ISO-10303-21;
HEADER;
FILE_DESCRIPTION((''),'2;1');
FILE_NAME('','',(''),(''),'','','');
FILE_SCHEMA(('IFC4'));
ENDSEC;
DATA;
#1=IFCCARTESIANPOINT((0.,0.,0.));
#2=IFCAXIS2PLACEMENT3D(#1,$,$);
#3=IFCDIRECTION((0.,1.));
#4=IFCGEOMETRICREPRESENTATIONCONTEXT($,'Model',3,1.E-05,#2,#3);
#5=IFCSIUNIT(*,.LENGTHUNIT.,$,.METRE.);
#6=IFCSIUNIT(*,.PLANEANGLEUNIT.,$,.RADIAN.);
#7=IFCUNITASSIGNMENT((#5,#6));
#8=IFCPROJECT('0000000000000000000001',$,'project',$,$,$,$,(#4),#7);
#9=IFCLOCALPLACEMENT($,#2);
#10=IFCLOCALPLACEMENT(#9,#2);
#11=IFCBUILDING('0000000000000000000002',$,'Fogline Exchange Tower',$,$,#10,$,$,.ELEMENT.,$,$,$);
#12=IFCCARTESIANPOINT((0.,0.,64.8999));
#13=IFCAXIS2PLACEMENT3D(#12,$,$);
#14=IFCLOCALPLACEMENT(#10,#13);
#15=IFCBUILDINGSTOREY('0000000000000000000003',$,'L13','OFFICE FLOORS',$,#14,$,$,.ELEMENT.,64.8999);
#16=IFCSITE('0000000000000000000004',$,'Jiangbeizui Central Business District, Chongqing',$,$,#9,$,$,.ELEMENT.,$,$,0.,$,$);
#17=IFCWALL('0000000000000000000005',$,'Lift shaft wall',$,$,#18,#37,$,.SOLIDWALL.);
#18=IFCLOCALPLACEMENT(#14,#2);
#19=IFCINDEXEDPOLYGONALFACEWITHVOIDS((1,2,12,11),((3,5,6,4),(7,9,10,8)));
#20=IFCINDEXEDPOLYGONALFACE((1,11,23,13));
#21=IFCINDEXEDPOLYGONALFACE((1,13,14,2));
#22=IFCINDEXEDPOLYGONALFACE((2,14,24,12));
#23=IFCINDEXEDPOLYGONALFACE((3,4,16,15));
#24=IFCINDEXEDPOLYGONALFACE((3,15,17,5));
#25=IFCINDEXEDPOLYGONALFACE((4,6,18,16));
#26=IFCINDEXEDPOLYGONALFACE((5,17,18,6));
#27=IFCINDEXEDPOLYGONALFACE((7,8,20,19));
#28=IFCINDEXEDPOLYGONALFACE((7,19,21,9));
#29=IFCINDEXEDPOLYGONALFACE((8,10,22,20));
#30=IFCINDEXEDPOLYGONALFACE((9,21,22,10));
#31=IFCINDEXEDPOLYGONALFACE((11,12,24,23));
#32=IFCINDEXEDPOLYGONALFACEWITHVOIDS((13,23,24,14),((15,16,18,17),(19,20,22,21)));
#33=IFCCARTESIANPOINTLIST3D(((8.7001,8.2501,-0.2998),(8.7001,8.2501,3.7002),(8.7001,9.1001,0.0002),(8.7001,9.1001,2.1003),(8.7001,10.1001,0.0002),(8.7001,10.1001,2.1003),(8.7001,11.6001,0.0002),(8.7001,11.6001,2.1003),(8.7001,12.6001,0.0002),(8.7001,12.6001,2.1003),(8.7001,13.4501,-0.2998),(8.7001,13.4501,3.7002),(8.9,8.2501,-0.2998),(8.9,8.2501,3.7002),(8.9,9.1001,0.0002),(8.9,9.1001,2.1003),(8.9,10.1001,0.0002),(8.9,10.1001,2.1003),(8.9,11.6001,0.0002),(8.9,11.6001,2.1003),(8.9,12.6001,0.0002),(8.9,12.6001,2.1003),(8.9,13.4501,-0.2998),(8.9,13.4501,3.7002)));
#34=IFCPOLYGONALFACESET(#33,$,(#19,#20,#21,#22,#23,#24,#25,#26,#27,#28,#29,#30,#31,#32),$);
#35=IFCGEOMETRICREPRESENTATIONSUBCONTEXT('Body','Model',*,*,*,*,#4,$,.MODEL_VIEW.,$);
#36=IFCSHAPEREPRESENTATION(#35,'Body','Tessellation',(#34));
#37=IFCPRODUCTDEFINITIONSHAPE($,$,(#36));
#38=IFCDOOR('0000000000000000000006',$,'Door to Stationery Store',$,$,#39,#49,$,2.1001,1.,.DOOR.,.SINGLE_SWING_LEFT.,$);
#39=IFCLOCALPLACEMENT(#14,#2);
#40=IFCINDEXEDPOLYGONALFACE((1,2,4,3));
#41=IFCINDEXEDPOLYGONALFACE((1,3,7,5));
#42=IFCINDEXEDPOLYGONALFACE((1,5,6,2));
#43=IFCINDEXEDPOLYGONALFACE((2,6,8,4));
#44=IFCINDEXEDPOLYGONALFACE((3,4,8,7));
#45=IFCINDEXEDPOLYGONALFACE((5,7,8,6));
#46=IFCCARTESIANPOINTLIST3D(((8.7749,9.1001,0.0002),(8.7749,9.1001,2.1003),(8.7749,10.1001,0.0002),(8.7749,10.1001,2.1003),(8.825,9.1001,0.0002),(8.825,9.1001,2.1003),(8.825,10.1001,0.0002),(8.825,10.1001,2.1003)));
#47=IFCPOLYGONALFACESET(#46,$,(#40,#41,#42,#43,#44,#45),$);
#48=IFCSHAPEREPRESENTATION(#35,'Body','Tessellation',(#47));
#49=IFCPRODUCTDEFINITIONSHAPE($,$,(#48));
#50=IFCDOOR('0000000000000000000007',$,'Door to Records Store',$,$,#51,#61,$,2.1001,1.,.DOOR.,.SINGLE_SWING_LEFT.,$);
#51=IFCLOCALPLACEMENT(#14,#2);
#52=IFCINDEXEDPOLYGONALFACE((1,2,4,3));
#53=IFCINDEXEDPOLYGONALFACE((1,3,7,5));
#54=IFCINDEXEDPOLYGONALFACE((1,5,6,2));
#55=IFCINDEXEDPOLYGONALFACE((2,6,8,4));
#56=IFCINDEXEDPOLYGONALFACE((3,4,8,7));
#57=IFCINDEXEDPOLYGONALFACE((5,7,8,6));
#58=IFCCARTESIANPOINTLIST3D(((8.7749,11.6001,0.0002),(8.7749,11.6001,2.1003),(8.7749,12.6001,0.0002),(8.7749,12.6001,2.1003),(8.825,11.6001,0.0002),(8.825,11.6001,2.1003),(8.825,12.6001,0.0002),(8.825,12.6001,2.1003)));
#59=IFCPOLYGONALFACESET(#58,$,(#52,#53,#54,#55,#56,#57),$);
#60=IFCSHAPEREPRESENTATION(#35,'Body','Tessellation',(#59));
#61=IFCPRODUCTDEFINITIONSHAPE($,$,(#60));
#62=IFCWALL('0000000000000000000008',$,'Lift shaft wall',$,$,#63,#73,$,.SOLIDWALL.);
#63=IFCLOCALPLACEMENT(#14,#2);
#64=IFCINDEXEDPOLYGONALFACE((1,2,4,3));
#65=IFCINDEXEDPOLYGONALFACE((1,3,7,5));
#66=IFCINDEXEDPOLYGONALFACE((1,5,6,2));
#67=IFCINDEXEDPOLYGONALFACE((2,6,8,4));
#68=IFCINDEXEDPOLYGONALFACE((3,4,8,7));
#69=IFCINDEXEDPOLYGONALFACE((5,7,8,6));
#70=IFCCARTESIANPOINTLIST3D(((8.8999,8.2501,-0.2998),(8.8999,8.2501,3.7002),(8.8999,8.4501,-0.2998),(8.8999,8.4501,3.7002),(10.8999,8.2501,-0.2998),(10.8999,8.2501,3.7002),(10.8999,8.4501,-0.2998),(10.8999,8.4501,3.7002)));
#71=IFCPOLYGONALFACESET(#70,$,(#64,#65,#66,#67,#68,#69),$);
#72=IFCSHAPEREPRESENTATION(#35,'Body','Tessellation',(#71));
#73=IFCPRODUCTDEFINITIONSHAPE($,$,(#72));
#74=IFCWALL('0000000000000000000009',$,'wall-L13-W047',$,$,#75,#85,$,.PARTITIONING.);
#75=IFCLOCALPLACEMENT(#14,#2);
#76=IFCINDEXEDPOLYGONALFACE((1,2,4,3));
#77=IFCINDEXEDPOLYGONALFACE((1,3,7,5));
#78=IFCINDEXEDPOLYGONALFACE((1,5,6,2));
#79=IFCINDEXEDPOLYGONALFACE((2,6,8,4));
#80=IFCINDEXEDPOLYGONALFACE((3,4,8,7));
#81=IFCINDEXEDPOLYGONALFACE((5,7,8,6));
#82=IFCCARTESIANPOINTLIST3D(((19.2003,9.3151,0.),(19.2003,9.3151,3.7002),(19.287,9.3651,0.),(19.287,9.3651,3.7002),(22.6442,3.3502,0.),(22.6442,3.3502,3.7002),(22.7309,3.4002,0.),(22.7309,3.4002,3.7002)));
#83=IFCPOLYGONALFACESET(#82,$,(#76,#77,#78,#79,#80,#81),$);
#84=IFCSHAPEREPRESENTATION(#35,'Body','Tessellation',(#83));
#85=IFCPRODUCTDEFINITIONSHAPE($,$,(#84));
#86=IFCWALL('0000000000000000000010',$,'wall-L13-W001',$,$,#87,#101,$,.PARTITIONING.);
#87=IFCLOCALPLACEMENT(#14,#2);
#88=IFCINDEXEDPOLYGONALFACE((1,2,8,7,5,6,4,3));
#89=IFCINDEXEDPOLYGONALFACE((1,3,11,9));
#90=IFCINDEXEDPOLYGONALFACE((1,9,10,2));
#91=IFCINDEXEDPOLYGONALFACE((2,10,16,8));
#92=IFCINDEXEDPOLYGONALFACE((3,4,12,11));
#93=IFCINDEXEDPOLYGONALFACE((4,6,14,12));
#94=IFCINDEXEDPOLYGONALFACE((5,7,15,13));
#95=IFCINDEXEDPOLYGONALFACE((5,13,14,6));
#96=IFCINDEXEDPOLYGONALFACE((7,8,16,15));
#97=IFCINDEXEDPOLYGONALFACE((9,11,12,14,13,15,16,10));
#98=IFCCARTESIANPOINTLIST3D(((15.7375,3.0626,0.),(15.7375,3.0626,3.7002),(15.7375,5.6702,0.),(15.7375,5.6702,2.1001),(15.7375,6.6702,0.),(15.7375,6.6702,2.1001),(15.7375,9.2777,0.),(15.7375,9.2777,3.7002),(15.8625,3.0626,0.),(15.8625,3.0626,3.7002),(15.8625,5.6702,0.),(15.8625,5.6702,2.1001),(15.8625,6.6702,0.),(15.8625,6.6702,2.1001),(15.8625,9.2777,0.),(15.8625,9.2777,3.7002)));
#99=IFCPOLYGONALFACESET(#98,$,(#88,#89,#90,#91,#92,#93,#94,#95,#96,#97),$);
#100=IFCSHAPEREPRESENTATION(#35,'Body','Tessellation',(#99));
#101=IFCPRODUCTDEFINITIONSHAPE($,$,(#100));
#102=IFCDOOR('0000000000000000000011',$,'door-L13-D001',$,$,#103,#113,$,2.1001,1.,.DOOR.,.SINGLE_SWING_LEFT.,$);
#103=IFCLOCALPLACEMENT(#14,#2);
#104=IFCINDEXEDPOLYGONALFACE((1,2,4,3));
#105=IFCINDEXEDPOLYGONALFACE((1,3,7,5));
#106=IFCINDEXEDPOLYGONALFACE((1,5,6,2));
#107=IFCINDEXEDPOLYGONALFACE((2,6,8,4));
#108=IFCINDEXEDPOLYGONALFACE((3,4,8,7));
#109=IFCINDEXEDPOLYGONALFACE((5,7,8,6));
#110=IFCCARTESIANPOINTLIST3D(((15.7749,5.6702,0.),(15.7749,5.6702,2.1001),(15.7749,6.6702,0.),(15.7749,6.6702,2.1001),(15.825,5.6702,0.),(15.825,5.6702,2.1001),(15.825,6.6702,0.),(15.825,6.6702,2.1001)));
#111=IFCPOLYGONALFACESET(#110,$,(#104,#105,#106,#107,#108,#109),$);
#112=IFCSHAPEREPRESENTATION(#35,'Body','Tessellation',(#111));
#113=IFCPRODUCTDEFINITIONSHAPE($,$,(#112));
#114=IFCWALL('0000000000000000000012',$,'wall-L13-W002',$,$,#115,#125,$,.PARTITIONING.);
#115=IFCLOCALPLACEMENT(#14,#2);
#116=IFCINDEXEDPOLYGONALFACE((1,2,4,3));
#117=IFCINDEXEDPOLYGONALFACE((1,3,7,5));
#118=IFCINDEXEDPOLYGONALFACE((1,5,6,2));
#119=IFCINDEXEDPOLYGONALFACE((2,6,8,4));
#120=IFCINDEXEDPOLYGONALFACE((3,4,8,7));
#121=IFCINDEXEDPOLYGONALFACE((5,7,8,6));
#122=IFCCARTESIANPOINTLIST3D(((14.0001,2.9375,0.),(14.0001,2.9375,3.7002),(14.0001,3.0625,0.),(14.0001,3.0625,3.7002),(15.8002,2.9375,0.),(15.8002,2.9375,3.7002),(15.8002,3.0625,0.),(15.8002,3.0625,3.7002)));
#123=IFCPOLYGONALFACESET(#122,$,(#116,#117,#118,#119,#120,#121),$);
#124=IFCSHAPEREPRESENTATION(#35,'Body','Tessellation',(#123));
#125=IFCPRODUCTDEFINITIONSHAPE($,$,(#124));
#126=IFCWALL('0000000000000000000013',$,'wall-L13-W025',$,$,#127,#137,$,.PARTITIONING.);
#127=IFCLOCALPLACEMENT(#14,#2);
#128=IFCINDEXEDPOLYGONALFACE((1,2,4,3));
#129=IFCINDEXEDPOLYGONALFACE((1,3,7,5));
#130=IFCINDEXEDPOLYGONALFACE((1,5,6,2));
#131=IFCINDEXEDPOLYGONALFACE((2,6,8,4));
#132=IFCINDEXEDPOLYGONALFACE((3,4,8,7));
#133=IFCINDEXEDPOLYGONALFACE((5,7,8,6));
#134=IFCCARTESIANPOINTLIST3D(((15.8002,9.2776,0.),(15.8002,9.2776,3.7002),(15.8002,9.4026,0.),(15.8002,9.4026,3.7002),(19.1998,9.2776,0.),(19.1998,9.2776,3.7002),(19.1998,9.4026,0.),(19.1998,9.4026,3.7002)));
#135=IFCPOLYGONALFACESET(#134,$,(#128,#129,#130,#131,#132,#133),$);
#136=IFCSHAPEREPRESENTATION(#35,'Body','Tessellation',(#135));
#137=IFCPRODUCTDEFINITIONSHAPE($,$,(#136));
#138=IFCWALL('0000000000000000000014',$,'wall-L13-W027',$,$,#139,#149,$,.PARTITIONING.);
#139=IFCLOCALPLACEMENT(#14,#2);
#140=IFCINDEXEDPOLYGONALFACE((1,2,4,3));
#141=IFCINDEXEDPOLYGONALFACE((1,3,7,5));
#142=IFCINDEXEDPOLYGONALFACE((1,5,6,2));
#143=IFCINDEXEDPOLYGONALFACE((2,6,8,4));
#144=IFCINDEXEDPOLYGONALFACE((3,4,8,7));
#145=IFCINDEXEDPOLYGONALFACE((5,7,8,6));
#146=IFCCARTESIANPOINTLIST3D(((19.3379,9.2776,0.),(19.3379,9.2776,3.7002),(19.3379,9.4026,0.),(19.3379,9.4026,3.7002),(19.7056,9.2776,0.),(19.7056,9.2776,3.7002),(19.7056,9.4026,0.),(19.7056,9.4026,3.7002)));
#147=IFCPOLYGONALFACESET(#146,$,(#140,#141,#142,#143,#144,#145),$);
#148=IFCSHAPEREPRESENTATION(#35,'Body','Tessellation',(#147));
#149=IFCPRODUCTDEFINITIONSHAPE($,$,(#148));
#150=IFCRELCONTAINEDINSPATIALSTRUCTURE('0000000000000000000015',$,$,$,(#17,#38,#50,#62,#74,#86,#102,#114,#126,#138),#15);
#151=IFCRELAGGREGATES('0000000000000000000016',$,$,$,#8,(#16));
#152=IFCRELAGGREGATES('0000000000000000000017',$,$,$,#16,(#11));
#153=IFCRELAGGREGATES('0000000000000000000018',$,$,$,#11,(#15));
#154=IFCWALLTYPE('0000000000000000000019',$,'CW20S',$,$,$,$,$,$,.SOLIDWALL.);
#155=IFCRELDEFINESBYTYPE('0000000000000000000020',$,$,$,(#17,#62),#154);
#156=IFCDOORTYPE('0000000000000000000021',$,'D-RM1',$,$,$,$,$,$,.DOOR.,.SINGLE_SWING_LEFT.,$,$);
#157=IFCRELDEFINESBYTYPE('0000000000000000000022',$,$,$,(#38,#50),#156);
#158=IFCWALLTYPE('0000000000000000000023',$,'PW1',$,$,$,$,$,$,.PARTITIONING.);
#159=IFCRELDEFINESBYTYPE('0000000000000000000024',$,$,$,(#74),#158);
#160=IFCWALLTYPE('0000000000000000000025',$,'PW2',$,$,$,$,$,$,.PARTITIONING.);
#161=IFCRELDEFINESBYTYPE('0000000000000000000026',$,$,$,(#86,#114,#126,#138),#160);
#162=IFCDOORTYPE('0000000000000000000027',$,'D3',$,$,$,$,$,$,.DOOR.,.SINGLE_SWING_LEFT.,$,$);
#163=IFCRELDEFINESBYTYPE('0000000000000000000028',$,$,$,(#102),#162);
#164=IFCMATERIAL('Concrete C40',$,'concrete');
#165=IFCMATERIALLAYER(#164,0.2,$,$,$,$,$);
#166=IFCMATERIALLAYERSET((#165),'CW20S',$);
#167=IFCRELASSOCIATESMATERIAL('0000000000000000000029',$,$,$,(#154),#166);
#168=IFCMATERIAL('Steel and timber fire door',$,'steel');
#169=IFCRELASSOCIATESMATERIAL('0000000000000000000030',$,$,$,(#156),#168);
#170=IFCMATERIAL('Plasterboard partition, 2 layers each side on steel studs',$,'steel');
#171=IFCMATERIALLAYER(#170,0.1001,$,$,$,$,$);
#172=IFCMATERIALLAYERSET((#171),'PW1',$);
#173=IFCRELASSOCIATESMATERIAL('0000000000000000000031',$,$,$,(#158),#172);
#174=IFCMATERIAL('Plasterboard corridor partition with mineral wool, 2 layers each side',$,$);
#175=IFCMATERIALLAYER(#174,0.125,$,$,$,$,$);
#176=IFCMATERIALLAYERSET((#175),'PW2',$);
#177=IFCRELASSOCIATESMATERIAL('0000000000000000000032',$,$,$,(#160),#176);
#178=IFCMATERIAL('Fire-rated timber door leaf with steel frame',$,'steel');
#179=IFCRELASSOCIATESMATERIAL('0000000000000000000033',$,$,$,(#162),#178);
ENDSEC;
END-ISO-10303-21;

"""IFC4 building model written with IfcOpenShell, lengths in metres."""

from ifc_helpers import new_model, si_unit, direction, frame, frame_2d, origin, place, context, subcontext, project, spatial, rectangle, extrude, material, layer, layer_set, type_object, element, fill, save


model = new_model("IFC4")

# Units and contexts
model_context = context("Model", 3, precision=1e-05, world=origin(), true_north=direction((0.0, 1.0)))
body_context = subcontext(model_context, "Body", "Model", "MODEL_VIEW")
ifc_project = project(units=[si_unit("LENGTHUNIT", "METRE"), si_unit("PLANEANGLEUNIT", "RADIAN")], contexts=[model_context])

# Site, building, storey
site_placement = place(None, origin())
site = spatial("IfcSite", under=ifc_project, at=site_placement, Name="Jiangbeizui Central Business District, Chongqing", CompositionType="ELEMENT", RefElevation=0.0)
building_placement = place(site_placement, origin())
building = spatial("IfcBuilding", under=site, at=building_placement, Name="Fogline Exchange Tower", CompositionType="ELEMENT")
storey_placement = place(building_placement, frame((0.0, 0.0, 64.8999)))
storey = spatial("IfcBuildingStorey", under=building, at=storey_placement, Name="L13", Description="OFFICE FLOORS", CompositionType="ELEMENT", Elevation=64.8999)

# Shared definitions
ifc_material_1 = material(Name="Concrete C40", Category="concrete")

# Shared definitions
ifc_material_2 = material(Name="Steel and timber fire door", Category="steel")

# Wall, openings, doors
ifc_layer_1 = layer(ifc_material_1, 0.2)
ifc_layer_set_1 = layer_set([ifc_layer_1], Name="CW20S")
wall_type_1 = type_object("IfcWallType", Name="CW20S", PredefinedType="SOLIDWALL", material=ifc_layer_set_1)
wall_1_placement = place(storey_placement, frame((8.8, 8.25, -0.2998), z_axis=(0.0, 0.0, 1.0), x_axis=(0.0, 1.0, 0.0)))
wall_1 = element("IfcWall", 1, at=wall_1_placement, inside=storey, type_object=wall_type_1, Name="Lift shaft wall", PredefinedType="SOLIDWALL", context=body_context, shape_type="SweptSolid", body=[
    extrude(rectangle(XDim=5.2, YDim=0.2, at=frame_2d((2.6001, 0.0))), origin(), (0.0, 0.0, 1.0), 4.0),
])
opening_1_placement = place(wall_1_placement, frame((0.8501, 0.0, 0.3)))
opening_1 = element("IfcOpeningElement", 2, at=opening_1_placement, cuts=wall_1, PredefinedType="OPENING", context=body_context, shape_type="SweptSolid", body=[
    extrude(rectangle(XDim=1.0, YDim=2.1001, at=frame_2d((0.5, 1.05))), frame((0.0, 0.1099, 0.0), z_axis=(0.0, -1.0, 0.0), x_axis=(1.0, 0.0, 0.0)), (0.0, 0.0, 1.0), 0.22),
])
opening_2_placement = place(wall_1_placement, frame((3.3501, 0.0, 0.3)))
opening_2 = element("IfcOpeningElement", 3, at=opening_2_placement, cuts=wall_1, PredefinedType="OPENING", context=body_context, shape_type="SweptSolid", body=[
    extrude(rectangle(XDim=1.0, YDim=2.1001, at=frame_2d((0.5, 1.05))), frame((0.0, 0.1099, 0.0), z_axis=(0.0, -1.0, 0.0), x_axis=(1.0, 0.0, 0.0)), (0.0, 0.0, 1.0), 0.22),
])
door_type_1 = type_object("IfcDoorType", Name="D-RM1", OperationType="SINGLE_SWING_LEFT", PredefinedType="DOOR", material=ifc_material_2)
door_1_placement = place(opening_1_placement, frame((1.0, 0.0, 0.0), z_axis=(0.0, 0.0, 1.0), x_axis=(-1.0, 0.0, 0.0)))
door_1 = element("IfcDoor", 4, at=door_1_placement, inside=storey, type_object=door_type_1, Name="Door to Stationery Store", OperationType="SINGLE_SWING_LEFT", OverallHeight=2.1001, OverallWidth=1.0, PredefinedType="DOOR", context=body_context, shape_type="SweptSolid", body=[
    extrude(rectangle(XDim=1.0, YDim=2.1001, at=frame_2d((0.5, 1.05))), frame((0.0, 0.0249, 0.0), z_axis=(0.0, -1.0, 0.0), x_axis=(1.0, 0.0, 0.0)), (0.0, 0.0, 1.0), 0.05),
])
fill(opening_1, door_1)
door_2_placement = place(opening_2_placement, frame((1.0, 0.0, 0.0), z_axis=(0.0, 0.0, 1.0), x_axis=(-1.0, 0.0, 0.0)))
door_2 = element("IfcDoor", 5, at=door_2_placement, inside=storey, type_object=door_type_1, Name="Door to Records Store", OperationType="SINGLE_SWING_LEFT", OverallHeight=2.1001, OverallWidth=1.0, PredefinedType="DOOR", context=body_context, shape_type="SweptSolid", body=[
    extrude(rectangle(XDim=1.0, YDim=2.1001, at=frame_2d((0.5, 1.05))), frame((0.0, 0.0249, 0.0), z_axis=(0.0, -1.0, 0.0), x_axis=(1.0, 0.0, 0.0)), (0.0, 0.0, 1.0), 0.05),
])
fill(opening_2, door_2)

# Walls
wall_2_placement = place(storey_placement, frame((8.8999, 8.3501, -0.2998), z_axis=(0.0, 0.0, 1.0), x_axis=(1.0, 0.0, 0.0)))
element("IfcWall", 6, at=wall_2_placement, inside=storey, type_object=wall_type_1, Name="Lift shaft wall", PredefinedType="SOLIDWALL", context=body_context, shape_type="SweptSolid", body=[
    extrude(rectangle(XDim=2.0, YDim=0.2, at=frame_2d((1.0, 0.0))), origin(), (0.0, 0.0, 1.0), 4.0),
])
ifc_material_3 = material(Name="Plasterboard partition, 2 layers each side on steel studs", Category="steel")
ifc_layer_2 = layer(ifc_material_3, 0.1001)
ifc_layer_set_2 = layer_set([ifc_layer_2], Name="PW1")
wall_type_2 = type_object("IfcWallType", Name="PW1", PredefinedType="PARTITIONING", material=ifc_layer_set_2)
wall_3_placement = place(storey_placement, frame((19.2437, 9.3401, 0.0), z_axis=(0.0, 0.0, 1.0), x_axis=(0.500005, -0.866023, 0.0)))
element("IfcWall", 7, at=wall_3_placement, inside=storey, type_object=wall_type_2, Name="wall-L13-W047", PredefinedType="PARTITIONING", context=body_context, shape_type="SweptSolid", body=[
    extrude(rectangle(XDim=6.8877, YDim=0.1001, at=frame_2d((3.4438, 0.0))), origin(), (0.0, 0.0, 1.0), 3.7002),
])

# Wall, opening, door
ifc_material_4 = material(Name="Plasterboard corridor partition with mineral wool, 2 layers each side")
ifc_layer_3 = layer(ifc_material_4, 0.125)
ifc_layer_set_3 = layer_set([ifc_layer_3], Name="PW2")
wall_type_3 = type_object("IfcWallType", Name="PW2", PredefinedType="PARTITIONING", material=ifc_layer_set_3)
wall_4_placement = place(storey_placement, frame((15.8, 9.2776, 0.0), z_axis=(0.0, 0.0, 1.0), x_axis=(0.0, -1.0, 0.0)))
wall_4 = element("IfcWall", 8, at=wall_4_placement, inside=storey, type_object=wall_type_3, Name="wall-L13-W001", PredefinedType="PARTITIONING", context=body_context, shape_type="SweptSolid", body=[
    extrude(rectangle(XDim=6.2151, YDim=0.125, at=frame_2d((3.1074, 0.0))), origin(), (0.0, 0.0, 1.0), 3.7002),
])
opening_3_placement = place(wall_4_placement, frame((2.6074, 0.0, 0.0)))
opening_3 = element("IfcOpeningElement", 9, at=opening_3_placement, cuts=wall_4, PredefinedType="OPENING", context=body_context, shape_type="SweptSolid", body=[
    extrude(rectangle(XDim=1.0, YDim=2.1001, at=frame_2d((0.5, 1.05))), frame((0.0, 0.0725, 0.0), z_axis=(0.0, -1.0, 0.0), x_axis=(1.0, 0.0, 0.0)), (0.0, 0.0, 1.0), 0.145),
])
ifc_material_5 = material(Name="Fire-rated timber door leaf with steel frame", Category="steel")
door_type_2 = type_object("IfcDoorType", Name="D3", OperationType="SINGLE_SWING_LEFT", PredefinedType="DOOR", material=ifc_material_5)
door_3_placement = place(opening_3_placement, origin())
door_3 = element("IfcDoor", 10, at=door_3_placement, inside=storey, type_object=door_type_2, Name="door-L13-D001", OperationType="SINGLE_SWING_LEFT", OverallHeight=2.1001, OverallWidth=1.0, PredefinedType="DOOR", context=body_context, shape_type="SweptSolid", body=[
    extrude(rectangle(XDim=1.0, YDim=2.1001, at=frame_2d((0.5, 1.05))), frame((0.0, 0.0249, 0.0), z_axis=(0.0, -1.0, 0.0), x_axis=(1.0, 0.0, 0.0)), (0.0, 0.0, 1.0), 0.05),
])
fill(opening_3, door_3)

# Walls
wall_5_placement = place(storey_placement, frame((15.8, 3.0, 0.0), z_axis=(0.0, 0.0, 1.0), x_axis=(-1.0, 0.0, 0.0)))
element("IfcWall", 11, at=wall_5_placement, inside=storey, type_object=wall_type_3, Name="wall-L13-W002", PredefinedType="PARTITIONING", context=body_context, shape_type="SweptSolid", body=[
    extrude(rectangle(XDim=1.8, YDim=0.125, at=frame_2d((0.8999, 0.0))), origin(), (0.0, 0.0, 1.0), 3.7002),
])
wall_6_placement = place(storey_placement, frame((19.1997, 9.3401, 0.0), z_axis=(0.0, 0.0, 1.0), x_axis=(-1.0, 0.0, 0.0)))
element("IfcWall", 12, at=wall_6_placement, inside=storey, type_object=wall_type_3, Name="wall-L13-W025", PredefinedType="PARTITIONING", context=body_context, shape_type="SweptSolid", body=[
    extrude(rectangle(XDim=3.3997, YDim=0.125, at=frame_2d((1.6997, 0.0))), origin(), (0.0, 0.0, 1.0), 3.7002),
])
wall_7_placement = place(storey_placement, frame((19.7056, 9.3401, 0.0), z_axis=(0.0, 0.0, 1.0), x_axis=(-1.0, 0.0, 0.0)))
element("IfcWall", 13, at=wall_7_placement, inside=storey, type_object=wall_type_3, Name="wall-L13-W027", PredefinedType="PARTITIONING", context=body_context, shape_type="SweptSolid", body=[
    extrude(rectangle(XDim=0.3677, YDim=0.125, at=frame_2d((0.1838, 0.0))), origin(), (0.0, 0.0, 1.0), 3.7002),
])

save(model, "model.ifc")
